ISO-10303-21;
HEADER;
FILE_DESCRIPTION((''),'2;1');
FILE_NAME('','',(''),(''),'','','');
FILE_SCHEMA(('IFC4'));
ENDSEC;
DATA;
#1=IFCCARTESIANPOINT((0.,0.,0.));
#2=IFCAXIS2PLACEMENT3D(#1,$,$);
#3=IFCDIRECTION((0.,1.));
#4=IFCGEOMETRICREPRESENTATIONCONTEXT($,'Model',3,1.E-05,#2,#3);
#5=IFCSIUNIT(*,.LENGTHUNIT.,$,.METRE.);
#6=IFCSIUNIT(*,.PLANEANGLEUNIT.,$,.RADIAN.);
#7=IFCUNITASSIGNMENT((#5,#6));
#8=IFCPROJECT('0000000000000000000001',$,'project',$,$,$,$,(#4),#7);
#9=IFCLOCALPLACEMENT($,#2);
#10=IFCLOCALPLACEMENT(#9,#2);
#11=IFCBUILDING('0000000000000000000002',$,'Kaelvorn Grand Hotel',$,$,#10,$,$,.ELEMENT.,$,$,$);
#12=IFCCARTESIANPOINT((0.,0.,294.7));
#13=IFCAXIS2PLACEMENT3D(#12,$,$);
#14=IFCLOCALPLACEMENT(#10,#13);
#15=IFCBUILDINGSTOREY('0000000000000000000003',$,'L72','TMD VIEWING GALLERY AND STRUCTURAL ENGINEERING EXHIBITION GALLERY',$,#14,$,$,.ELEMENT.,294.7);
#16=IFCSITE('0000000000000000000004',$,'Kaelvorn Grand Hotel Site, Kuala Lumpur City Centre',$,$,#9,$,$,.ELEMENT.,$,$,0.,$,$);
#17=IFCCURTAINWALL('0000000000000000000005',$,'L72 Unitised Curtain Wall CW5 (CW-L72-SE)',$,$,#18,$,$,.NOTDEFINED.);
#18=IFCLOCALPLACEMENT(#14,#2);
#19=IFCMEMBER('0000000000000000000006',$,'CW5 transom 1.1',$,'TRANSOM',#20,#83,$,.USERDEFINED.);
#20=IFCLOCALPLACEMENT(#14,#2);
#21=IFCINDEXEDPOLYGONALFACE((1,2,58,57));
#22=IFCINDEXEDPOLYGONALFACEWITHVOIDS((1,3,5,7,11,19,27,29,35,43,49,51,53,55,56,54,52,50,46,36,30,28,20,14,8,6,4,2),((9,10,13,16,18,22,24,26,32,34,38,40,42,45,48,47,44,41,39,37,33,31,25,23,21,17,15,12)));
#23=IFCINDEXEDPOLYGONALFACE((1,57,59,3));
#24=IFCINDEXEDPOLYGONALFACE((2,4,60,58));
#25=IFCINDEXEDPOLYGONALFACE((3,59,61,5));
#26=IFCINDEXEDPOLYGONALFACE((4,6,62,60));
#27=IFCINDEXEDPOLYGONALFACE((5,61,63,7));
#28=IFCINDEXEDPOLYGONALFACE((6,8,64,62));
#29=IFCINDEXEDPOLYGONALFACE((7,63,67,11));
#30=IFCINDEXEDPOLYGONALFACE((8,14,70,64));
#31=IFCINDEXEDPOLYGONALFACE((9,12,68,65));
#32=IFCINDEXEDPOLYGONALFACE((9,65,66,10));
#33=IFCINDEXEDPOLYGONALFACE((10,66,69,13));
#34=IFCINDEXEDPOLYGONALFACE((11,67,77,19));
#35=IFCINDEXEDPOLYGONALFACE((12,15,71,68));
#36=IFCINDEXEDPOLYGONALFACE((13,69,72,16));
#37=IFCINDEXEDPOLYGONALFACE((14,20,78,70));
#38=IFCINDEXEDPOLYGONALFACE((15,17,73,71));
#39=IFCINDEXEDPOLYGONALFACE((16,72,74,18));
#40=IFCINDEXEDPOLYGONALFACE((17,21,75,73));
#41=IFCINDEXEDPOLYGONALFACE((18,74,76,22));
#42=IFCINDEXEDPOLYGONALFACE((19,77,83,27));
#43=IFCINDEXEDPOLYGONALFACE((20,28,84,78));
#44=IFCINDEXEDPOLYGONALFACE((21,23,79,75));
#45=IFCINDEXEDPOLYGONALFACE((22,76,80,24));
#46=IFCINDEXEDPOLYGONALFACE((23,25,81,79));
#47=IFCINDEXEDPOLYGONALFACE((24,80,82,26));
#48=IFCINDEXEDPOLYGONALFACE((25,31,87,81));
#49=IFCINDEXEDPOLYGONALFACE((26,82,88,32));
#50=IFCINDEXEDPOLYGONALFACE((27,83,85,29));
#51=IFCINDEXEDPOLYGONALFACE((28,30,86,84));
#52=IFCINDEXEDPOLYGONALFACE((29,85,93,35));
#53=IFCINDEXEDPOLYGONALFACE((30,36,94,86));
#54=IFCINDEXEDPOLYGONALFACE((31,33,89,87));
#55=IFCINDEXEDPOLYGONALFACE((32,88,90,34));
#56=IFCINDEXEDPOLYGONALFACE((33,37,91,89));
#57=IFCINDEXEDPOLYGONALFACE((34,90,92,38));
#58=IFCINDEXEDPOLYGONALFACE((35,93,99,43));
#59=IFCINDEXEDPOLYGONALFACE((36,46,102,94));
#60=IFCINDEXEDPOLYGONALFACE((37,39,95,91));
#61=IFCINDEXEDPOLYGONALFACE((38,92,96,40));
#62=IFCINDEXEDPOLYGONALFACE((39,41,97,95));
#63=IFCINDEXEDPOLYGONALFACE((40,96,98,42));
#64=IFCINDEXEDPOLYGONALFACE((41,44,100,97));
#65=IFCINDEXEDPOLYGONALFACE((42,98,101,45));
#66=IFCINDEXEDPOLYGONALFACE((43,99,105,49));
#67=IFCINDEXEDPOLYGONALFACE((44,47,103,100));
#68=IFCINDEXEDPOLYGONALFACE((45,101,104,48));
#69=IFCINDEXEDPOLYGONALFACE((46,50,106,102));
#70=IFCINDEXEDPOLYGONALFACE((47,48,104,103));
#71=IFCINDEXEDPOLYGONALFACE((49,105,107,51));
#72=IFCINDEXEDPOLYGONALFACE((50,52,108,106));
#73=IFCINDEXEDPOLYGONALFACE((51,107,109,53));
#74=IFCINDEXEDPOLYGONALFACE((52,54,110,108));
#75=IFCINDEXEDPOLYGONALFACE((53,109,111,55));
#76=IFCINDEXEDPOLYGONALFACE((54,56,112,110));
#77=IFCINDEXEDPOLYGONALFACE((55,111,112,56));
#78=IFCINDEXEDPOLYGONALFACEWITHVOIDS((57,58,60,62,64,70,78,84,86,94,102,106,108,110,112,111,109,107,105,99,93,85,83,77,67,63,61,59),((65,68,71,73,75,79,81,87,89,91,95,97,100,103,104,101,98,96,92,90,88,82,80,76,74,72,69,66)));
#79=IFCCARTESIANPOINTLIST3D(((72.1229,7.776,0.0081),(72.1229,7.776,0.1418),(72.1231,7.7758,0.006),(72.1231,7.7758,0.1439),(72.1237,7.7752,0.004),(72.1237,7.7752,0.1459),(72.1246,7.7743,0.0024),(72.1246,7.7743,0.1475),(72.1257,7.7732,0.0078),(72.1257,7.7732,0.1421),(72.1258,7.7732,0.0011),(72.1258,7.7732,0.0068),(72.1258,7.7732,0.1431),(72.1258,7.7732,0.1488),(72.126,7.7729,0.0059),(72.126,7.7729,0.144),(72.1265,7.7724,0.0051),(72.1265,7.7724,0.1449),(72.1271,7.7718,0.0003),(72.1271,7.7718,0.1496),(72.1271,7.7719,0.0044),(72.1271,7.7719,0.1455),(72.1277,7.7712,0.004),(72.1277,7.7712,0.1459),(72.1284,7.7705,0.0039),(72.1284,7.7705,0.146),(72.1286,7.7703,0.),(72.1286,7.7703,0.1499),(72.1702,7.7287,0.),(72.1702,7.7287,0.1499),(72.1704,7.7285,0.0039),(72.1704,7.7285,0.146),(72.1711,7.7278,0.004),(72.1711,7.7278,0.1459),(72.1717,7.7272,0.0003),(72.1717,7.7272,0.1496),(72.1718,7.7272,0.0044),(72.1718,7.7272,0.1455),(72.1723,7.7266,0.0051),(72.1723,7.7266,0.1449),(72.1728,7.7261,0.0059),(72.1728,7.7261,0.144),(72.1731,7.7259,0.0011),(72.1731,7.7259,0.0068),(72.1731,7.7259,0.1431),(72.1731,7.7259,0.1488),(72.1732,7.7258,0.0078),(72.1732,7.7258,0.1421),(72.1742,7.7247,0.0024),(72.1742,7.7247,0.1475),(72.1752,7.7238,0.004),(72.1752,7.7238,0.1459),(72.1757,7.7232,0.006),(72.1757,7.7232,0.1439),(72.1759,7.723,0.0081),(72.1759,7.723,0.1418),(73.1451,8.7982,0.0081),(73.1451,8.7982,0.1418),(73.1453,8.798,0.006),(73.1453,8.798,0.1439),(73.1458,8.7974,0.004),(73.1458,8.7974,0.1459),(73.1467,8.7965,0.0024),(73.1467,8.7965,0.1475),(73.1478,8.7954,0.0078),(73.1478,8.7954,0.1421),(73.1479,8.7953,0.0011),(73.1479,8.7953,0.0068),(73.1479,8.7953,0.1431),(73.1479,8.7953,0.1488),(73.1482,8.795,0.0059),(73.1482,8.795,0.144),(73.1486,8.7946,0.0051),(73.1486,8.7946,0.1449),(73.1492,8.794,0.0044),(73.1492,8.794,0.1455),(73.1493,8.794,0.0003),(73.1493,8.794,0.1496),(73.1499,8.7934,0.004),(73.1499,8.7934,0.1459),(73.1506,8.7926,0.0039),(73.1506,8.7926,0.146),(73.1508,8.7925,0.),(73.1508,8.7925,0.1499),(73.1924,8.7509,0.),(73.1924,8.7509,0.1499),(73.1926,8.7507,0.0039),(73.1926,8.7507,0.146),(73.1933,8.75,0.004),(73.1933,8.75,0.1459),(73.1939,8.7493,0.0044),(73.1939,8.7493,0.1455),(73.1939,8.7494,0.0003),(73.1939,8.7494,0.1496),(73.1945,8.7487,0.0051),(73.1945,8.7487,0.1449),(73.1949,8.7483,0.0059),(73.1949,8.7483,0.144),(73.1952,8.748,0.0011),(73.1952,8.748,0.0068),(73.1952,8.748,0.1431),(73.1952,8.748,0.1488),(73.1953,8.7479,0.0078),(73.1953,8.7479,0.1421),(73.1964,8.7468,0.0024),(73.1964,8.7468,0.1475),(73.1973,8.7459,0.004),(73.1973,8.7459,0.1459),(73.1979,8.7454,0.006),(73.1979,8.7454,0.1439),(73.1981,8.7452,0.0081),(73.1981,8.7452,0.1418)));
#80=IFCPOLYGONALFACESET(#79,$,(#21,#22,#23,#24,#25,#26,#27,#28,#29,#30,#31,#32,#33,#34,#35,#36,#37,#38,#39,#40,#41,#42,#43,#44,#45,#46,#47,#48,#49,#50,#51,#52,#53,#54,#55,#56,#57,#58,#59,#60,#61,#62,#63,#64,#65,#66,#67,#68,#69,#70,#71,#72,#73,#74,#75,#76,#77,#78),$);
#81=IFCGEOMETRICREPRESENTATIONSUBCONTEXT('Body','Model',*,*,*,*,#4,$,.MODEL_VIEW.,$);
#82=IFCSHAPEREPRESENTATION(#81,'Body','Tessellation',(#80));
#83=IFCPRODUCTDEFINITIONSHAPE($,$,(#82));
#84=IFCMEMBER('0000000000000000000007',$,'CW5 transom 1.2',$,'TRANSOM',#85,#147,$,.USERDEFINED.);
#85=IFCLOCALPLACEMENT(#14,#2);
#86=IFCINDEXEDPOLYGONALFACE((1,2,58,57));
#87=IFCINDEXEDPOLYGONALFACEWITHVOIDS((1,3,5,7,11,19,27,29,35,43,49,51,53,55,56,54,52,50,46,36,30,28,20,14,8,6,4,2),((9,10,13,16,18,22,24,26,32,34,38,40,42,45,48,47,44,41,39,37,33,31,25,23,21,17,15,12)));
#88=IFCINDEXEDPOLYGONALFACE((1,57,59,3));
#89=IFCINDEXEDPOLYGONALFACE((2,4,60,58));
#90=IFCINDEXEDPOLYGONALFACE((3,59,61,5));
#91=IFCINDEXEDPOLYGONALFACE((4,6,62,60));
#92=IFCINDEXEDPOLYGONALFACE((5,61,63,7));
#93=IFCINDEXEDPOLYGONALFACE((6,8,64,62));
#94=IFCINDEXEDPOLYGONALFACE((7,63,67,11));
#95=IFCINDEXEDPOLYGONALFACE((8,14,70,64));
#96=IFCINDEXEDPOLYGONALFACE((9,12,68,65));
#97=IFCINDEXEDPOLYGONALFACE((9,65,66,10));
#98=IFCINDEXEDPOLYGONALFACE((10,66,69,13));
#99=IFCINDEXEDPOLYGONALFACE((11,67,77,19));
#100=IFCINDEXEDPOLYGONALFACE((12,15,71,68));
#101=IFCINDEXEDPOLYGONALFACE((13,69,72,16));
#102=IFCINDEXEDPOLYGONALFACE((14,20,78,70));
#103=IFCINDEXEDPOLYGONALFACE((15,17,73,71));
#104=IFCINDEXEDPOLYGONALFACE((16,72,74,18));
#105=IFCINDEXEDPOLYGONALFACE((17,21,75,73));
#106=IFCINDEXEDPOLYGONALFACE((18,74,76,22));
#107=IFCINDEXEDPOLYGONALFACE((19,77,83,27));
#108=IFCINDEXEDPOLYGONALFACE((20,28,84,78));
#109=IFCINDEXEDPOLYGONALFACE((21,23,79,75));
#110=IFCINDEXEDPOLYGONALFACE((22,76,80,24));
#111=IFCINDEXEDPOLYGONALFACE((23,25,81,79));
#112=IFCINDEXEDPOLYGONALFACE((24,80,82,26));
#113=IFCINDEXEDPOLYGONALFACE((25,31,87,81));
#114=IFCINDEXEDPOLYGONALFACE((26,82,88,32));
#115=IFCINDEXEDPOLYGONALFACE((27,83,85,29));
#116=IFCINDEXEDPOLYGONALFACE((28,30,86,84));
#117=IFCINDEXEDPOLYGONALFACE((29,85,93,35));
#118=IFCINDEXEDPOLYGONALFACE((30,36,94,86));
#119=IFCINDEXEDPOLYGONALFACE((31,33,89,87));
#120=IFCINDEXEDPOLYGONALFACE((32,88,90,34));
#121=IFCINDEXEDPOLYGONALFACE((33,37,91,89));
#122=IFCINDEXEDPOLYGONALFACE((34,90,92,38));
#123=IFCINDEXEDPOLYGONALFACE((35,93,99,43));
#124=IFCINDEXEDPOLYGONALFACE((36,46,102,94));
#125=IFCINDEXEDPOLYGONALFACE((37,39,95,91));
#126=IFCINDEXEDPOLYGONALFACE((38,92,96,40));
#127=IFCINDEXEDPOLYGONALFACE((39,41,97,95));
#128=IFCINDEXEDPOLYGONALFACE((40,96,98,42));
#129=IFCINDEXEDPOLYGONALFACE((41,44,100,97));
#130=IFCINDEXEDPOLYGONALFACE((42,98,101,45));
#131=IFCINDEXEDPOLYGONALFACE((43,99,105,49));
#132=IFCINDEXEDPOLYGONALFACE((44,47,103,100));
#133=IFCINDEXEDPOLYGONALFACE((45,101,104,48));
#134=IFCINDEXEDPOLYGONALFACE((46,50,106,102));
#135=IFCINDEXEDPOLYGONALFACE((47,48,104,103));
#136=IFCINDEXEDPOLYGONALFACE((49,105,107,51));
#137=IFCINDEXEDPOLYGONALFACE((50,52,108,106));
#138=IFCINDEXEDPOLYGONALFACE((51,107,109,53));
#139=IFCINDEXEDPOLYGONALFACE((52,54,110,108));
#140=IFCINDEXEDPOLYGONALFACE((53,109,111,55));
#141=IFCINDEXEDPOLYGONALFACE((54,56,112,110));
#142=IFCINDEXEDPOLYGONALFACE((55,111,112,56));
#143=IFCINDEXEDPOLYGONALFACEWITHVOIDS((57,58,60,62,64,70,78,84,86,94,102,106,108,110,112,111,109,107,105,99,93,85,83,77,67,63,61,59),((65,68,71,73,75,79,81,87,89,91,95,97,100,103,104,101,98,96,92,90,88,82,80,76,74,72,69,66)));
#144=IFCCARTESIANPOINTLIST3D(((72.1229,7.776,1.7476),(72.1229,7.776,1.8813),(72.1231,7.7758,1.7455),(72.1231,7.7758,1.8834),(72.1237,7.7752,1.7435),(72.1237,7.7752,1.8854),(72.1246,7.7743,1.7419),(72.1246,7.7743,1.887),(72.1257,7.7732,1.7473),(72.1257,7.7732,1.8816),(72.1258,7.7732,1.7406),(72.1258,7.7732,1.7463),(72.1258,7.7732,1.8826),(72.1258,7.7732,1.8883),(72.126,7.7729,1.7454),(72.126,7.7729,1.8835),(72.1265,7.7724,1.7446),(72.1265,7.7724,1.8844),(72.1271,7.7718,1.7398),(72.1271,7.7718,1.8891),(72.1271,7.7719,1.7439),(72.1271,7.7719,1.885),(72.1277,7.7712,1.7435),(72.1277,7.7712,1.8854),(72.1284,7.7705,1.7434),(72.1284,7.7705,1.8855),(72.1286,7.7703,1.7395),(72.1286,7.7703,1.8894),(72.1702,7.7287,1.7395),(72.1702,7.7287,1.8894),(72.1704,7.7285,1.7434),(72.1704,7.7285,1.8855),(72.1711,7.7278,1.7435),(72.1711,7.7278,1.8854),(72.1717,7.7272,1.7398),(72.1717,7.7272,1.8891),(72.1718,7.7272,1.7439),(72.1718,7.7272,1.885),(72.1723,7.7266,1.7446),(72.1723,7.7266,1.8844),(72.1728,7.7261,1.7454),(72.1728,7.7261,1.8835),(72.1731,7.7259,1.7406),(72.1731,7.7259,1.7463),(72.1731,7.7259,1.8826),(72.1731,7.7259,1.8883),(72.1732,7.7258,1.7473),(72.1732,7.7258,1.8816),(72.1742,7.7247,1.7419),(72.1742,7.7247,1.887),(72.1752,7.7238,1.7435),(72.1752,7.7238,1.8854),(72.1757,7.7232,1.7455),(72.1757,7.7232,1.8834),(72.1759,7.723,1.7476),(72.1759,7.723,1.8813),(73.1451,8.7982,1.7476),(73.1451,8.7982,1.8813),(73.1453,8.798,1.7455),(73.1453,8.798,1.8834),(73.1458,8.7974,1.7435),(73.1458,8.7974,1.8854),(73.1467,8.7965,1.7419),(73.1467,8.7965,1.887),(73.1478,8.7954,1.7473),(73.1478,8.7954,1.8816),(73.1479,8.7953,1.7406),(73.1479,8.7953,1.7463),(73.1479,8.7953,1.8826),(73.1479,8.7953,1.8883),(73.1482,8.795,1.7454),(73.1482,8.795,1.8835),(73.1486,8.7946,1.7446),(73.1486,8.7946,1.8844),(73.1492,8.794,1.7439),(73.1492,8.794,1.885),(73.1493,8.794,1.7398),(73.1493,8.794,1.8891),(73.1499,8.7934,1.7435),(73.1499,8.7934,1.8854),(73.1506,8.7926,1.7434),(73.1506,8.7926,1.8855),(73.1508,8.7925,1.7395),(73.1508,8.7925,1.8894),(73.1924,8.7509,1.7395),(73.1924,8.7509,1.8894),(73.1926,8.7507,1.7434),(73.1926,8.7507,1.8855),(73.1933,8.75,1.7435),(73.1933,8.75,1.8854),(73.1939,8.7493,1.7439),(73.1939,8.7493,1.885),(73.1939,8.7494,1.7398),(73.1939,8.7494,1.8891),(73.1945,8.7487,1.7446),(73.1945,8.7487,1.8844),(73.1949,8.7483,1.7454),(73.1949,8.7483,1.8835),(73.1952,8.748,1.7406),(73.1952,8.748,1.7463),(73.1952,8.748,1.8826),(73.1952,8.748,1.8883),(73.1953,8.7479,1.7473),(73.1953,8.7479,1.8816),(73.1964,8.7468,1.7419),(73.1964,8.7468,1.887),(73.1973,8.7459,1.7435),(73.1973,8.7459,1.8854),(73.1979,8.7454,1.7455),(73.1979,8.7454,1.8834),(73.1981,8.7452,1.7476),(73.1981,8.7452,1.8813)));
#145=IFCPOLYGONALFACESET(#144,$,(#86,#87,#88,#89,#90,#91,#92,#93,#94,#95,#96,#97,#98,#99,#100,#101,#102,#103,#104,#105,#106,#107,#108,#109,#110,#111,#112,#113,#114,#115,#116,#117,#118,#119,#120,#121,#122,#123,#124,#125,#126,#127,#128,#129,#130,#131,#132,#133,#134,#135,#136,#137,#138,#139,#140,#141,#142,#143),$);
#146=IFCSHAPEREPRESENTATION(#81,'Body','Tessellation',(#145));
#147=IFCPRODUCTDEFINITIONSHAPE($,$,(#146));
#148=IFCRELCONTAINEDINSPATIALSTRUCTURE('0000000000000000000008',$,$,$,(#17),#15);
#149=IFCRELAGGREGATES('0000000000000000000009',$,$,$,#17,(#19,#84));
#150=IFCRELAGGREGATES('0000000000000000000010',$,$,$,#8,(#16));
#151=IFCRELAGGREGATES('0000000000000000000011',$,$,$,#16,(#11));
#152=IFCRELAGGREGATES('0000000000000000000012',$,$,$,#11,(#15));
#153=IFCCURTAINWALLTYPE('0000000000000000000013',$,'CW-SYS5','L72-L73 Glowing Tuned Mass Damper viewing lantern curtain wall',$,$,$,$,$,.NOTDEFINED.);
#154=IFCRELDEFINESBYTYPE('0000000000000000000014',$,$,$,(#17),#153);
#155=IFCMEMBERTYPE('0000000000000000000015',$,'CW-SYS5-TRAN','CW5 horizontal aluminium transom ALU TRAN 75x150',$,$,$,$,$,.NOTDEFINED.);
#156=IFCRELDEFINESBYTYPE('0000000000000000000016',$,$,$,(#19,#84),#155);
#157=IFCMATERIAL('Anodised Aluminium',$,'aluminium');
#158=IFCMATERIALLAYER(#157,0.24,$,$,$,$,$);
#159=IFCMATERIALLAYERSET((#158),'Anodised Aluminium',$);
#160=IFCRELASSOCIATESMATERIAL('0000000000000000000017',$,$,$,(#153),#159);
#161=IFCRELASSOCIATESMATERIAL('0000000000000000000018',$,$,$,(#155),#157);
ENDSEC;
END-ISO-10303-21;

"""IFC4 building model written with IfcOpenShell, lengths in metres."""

from ifc_helpers import new_model, si_unit, direction, frame, origin, origin_2d, place, context, subcontext, project, spatial, hollow_rectangle, extrude, material, layer, layer_set, material_profile, profile_set, type_object, element, aggregate, save


model = new_model("IFC4")

# Units and contexts
model_context = context("Model", 3, precision=1e-05, world=origin(), true_north=direction((0.0, 1.0)))
body_context = subcontext(model_context, "Body", "Model", "MODEL_VIEW")
ifc_project = project(units=[si_unit("LENGTHUNIT", "METRE"), si_unit("PLANEANGLEUNIT", "RADIAN")], contexts=[model_context])

# Site, building, storey
site_placement = place(None, origin())
site = spatial("IfcSite", under=ifc_project, at=site_placement, Name="Kaelvorn Grand Hotel Site, Kuala Lumpur City Centre", CompositionType="ELEMENT", RefElevation=0.0)
building_placement = place(site_placement, origin())
building = spatial("IfcBuilding", under=site, at=building_placement, Name="Kaelvorn Grand Hotel", CompositionType="ELEMENT")
storey_placement = place(building_placement, frame((0.0, 0.0, 294.7)))
storey = spatial("IfcBuildingStorey", under=building, at=storey_placement, Name="L72", Description="TMD VIEWING GALLERY AND STRUCTURAL ENGINEERING EXHIBITION GALLERY", CompositionType="ELEMENT", Elevation=294.7)

# Curtain wall
ifc_material_1 = material(Name="Anodised Aluminium", Category="aluminium")
ifc_layer_1 = layer(ifc_material_1, 0.24)
ifc_layer_set_1 = layer_set([ifc_layer_1], Name="Anodised Aluminium")
curtain_wall_type = type_object("IfcCurtainWallType", Name="CW-SYS5", Description="L72-L73 Glowing Tuned Mass Damper viewing lantern curtain wall", PredefinedType="NOTDEFINED", material=ifc_layer_set_1)
curtain_wall_1_placement = place(storey_placement, origin())
curtain_wall_1 = element("IfcCurtainWall", 1, at=curtain_wall_1_placement, inside=storey, type_object=curtain_wall_type, Name="L72 Unitised Curtain Wall CW5 (CW-L72-SE)", PredefinedType="NOTDEFINED")

# Members
ifc_material_profile_1 = material_profile(ifc_material_1, hollow_rectangle(XDim=0.075, YDim=0.1499, WallThickness=0.0039, InnerFilletRadius=0.0039, OuterFilletRadius=0.0081, at=origin_2d()), Name="ALU TRAN 75x150")
ifc_profile_set_1 = profile_set([ifc_material_profile_1], Name="Anodised Aluminium")
member_type_1 = type_object("IfcMemberType", Name="CW-SYS5-TRAN", Description="CW5 horizontal aluminium transom ALU TRAN 75x150", PredefinedType="NOTDEFINED", material=ifc_profile_set_1)
member_1_placement = place(storey_placement, frame((72.1494, 7.7495, 0.075), z_axis=(0.707107, 0.707107, 0.0), x_axis=(-0.707107, 0.707107, 0.0)))
member_1 = element("IfcMember", 2, at=member_1_placement, type_object=member_type_1, Name="CW5 transom 1.1", ObjectType="TRANSOM", PredefinedType="USERDEFINED", context=body_context, shape_type="SweptSolid", body=[
    extrude(hollow_rectangle(XDim=0.075, YDim=0.1499, WallThickness=0.0039, InnerFilletRadius=0.0039, OuterFilletRadius=0.0081, at=origin_2d()), origin(), (0.0, 0.0, 1.0), 1.4456),
])
member_2_placement = place(storey_placement, frame((72.1494, 7.7495, 1.8145), z_axis=(0.707107, 0.707107, 0.0), x_axis=(-0.707107, 0.707107, 0.0)))
member_2 = element("IfcMember", 3, at=member_2_placement, type_object=member_type_1, Name="CW5 transom 1.2", ObjectType="TRANSOM", PredefinedType="USERDEFINED", context=body_context, shape_type="SweptSolid", body=[
    extrude(hollow_rectangle(XDim=0.075, YDim=0.1499, WallThickness=0.0039, InnerFilletRadius=0.0039, OuterFilletRadius=0.0081, at=origin_2d()), origin(), (0.0, 0.0, 1.0), 1.4456),
])

aggregate(curtain_wall_1, [member_1, member_2])

save(model, "model.ifc")
